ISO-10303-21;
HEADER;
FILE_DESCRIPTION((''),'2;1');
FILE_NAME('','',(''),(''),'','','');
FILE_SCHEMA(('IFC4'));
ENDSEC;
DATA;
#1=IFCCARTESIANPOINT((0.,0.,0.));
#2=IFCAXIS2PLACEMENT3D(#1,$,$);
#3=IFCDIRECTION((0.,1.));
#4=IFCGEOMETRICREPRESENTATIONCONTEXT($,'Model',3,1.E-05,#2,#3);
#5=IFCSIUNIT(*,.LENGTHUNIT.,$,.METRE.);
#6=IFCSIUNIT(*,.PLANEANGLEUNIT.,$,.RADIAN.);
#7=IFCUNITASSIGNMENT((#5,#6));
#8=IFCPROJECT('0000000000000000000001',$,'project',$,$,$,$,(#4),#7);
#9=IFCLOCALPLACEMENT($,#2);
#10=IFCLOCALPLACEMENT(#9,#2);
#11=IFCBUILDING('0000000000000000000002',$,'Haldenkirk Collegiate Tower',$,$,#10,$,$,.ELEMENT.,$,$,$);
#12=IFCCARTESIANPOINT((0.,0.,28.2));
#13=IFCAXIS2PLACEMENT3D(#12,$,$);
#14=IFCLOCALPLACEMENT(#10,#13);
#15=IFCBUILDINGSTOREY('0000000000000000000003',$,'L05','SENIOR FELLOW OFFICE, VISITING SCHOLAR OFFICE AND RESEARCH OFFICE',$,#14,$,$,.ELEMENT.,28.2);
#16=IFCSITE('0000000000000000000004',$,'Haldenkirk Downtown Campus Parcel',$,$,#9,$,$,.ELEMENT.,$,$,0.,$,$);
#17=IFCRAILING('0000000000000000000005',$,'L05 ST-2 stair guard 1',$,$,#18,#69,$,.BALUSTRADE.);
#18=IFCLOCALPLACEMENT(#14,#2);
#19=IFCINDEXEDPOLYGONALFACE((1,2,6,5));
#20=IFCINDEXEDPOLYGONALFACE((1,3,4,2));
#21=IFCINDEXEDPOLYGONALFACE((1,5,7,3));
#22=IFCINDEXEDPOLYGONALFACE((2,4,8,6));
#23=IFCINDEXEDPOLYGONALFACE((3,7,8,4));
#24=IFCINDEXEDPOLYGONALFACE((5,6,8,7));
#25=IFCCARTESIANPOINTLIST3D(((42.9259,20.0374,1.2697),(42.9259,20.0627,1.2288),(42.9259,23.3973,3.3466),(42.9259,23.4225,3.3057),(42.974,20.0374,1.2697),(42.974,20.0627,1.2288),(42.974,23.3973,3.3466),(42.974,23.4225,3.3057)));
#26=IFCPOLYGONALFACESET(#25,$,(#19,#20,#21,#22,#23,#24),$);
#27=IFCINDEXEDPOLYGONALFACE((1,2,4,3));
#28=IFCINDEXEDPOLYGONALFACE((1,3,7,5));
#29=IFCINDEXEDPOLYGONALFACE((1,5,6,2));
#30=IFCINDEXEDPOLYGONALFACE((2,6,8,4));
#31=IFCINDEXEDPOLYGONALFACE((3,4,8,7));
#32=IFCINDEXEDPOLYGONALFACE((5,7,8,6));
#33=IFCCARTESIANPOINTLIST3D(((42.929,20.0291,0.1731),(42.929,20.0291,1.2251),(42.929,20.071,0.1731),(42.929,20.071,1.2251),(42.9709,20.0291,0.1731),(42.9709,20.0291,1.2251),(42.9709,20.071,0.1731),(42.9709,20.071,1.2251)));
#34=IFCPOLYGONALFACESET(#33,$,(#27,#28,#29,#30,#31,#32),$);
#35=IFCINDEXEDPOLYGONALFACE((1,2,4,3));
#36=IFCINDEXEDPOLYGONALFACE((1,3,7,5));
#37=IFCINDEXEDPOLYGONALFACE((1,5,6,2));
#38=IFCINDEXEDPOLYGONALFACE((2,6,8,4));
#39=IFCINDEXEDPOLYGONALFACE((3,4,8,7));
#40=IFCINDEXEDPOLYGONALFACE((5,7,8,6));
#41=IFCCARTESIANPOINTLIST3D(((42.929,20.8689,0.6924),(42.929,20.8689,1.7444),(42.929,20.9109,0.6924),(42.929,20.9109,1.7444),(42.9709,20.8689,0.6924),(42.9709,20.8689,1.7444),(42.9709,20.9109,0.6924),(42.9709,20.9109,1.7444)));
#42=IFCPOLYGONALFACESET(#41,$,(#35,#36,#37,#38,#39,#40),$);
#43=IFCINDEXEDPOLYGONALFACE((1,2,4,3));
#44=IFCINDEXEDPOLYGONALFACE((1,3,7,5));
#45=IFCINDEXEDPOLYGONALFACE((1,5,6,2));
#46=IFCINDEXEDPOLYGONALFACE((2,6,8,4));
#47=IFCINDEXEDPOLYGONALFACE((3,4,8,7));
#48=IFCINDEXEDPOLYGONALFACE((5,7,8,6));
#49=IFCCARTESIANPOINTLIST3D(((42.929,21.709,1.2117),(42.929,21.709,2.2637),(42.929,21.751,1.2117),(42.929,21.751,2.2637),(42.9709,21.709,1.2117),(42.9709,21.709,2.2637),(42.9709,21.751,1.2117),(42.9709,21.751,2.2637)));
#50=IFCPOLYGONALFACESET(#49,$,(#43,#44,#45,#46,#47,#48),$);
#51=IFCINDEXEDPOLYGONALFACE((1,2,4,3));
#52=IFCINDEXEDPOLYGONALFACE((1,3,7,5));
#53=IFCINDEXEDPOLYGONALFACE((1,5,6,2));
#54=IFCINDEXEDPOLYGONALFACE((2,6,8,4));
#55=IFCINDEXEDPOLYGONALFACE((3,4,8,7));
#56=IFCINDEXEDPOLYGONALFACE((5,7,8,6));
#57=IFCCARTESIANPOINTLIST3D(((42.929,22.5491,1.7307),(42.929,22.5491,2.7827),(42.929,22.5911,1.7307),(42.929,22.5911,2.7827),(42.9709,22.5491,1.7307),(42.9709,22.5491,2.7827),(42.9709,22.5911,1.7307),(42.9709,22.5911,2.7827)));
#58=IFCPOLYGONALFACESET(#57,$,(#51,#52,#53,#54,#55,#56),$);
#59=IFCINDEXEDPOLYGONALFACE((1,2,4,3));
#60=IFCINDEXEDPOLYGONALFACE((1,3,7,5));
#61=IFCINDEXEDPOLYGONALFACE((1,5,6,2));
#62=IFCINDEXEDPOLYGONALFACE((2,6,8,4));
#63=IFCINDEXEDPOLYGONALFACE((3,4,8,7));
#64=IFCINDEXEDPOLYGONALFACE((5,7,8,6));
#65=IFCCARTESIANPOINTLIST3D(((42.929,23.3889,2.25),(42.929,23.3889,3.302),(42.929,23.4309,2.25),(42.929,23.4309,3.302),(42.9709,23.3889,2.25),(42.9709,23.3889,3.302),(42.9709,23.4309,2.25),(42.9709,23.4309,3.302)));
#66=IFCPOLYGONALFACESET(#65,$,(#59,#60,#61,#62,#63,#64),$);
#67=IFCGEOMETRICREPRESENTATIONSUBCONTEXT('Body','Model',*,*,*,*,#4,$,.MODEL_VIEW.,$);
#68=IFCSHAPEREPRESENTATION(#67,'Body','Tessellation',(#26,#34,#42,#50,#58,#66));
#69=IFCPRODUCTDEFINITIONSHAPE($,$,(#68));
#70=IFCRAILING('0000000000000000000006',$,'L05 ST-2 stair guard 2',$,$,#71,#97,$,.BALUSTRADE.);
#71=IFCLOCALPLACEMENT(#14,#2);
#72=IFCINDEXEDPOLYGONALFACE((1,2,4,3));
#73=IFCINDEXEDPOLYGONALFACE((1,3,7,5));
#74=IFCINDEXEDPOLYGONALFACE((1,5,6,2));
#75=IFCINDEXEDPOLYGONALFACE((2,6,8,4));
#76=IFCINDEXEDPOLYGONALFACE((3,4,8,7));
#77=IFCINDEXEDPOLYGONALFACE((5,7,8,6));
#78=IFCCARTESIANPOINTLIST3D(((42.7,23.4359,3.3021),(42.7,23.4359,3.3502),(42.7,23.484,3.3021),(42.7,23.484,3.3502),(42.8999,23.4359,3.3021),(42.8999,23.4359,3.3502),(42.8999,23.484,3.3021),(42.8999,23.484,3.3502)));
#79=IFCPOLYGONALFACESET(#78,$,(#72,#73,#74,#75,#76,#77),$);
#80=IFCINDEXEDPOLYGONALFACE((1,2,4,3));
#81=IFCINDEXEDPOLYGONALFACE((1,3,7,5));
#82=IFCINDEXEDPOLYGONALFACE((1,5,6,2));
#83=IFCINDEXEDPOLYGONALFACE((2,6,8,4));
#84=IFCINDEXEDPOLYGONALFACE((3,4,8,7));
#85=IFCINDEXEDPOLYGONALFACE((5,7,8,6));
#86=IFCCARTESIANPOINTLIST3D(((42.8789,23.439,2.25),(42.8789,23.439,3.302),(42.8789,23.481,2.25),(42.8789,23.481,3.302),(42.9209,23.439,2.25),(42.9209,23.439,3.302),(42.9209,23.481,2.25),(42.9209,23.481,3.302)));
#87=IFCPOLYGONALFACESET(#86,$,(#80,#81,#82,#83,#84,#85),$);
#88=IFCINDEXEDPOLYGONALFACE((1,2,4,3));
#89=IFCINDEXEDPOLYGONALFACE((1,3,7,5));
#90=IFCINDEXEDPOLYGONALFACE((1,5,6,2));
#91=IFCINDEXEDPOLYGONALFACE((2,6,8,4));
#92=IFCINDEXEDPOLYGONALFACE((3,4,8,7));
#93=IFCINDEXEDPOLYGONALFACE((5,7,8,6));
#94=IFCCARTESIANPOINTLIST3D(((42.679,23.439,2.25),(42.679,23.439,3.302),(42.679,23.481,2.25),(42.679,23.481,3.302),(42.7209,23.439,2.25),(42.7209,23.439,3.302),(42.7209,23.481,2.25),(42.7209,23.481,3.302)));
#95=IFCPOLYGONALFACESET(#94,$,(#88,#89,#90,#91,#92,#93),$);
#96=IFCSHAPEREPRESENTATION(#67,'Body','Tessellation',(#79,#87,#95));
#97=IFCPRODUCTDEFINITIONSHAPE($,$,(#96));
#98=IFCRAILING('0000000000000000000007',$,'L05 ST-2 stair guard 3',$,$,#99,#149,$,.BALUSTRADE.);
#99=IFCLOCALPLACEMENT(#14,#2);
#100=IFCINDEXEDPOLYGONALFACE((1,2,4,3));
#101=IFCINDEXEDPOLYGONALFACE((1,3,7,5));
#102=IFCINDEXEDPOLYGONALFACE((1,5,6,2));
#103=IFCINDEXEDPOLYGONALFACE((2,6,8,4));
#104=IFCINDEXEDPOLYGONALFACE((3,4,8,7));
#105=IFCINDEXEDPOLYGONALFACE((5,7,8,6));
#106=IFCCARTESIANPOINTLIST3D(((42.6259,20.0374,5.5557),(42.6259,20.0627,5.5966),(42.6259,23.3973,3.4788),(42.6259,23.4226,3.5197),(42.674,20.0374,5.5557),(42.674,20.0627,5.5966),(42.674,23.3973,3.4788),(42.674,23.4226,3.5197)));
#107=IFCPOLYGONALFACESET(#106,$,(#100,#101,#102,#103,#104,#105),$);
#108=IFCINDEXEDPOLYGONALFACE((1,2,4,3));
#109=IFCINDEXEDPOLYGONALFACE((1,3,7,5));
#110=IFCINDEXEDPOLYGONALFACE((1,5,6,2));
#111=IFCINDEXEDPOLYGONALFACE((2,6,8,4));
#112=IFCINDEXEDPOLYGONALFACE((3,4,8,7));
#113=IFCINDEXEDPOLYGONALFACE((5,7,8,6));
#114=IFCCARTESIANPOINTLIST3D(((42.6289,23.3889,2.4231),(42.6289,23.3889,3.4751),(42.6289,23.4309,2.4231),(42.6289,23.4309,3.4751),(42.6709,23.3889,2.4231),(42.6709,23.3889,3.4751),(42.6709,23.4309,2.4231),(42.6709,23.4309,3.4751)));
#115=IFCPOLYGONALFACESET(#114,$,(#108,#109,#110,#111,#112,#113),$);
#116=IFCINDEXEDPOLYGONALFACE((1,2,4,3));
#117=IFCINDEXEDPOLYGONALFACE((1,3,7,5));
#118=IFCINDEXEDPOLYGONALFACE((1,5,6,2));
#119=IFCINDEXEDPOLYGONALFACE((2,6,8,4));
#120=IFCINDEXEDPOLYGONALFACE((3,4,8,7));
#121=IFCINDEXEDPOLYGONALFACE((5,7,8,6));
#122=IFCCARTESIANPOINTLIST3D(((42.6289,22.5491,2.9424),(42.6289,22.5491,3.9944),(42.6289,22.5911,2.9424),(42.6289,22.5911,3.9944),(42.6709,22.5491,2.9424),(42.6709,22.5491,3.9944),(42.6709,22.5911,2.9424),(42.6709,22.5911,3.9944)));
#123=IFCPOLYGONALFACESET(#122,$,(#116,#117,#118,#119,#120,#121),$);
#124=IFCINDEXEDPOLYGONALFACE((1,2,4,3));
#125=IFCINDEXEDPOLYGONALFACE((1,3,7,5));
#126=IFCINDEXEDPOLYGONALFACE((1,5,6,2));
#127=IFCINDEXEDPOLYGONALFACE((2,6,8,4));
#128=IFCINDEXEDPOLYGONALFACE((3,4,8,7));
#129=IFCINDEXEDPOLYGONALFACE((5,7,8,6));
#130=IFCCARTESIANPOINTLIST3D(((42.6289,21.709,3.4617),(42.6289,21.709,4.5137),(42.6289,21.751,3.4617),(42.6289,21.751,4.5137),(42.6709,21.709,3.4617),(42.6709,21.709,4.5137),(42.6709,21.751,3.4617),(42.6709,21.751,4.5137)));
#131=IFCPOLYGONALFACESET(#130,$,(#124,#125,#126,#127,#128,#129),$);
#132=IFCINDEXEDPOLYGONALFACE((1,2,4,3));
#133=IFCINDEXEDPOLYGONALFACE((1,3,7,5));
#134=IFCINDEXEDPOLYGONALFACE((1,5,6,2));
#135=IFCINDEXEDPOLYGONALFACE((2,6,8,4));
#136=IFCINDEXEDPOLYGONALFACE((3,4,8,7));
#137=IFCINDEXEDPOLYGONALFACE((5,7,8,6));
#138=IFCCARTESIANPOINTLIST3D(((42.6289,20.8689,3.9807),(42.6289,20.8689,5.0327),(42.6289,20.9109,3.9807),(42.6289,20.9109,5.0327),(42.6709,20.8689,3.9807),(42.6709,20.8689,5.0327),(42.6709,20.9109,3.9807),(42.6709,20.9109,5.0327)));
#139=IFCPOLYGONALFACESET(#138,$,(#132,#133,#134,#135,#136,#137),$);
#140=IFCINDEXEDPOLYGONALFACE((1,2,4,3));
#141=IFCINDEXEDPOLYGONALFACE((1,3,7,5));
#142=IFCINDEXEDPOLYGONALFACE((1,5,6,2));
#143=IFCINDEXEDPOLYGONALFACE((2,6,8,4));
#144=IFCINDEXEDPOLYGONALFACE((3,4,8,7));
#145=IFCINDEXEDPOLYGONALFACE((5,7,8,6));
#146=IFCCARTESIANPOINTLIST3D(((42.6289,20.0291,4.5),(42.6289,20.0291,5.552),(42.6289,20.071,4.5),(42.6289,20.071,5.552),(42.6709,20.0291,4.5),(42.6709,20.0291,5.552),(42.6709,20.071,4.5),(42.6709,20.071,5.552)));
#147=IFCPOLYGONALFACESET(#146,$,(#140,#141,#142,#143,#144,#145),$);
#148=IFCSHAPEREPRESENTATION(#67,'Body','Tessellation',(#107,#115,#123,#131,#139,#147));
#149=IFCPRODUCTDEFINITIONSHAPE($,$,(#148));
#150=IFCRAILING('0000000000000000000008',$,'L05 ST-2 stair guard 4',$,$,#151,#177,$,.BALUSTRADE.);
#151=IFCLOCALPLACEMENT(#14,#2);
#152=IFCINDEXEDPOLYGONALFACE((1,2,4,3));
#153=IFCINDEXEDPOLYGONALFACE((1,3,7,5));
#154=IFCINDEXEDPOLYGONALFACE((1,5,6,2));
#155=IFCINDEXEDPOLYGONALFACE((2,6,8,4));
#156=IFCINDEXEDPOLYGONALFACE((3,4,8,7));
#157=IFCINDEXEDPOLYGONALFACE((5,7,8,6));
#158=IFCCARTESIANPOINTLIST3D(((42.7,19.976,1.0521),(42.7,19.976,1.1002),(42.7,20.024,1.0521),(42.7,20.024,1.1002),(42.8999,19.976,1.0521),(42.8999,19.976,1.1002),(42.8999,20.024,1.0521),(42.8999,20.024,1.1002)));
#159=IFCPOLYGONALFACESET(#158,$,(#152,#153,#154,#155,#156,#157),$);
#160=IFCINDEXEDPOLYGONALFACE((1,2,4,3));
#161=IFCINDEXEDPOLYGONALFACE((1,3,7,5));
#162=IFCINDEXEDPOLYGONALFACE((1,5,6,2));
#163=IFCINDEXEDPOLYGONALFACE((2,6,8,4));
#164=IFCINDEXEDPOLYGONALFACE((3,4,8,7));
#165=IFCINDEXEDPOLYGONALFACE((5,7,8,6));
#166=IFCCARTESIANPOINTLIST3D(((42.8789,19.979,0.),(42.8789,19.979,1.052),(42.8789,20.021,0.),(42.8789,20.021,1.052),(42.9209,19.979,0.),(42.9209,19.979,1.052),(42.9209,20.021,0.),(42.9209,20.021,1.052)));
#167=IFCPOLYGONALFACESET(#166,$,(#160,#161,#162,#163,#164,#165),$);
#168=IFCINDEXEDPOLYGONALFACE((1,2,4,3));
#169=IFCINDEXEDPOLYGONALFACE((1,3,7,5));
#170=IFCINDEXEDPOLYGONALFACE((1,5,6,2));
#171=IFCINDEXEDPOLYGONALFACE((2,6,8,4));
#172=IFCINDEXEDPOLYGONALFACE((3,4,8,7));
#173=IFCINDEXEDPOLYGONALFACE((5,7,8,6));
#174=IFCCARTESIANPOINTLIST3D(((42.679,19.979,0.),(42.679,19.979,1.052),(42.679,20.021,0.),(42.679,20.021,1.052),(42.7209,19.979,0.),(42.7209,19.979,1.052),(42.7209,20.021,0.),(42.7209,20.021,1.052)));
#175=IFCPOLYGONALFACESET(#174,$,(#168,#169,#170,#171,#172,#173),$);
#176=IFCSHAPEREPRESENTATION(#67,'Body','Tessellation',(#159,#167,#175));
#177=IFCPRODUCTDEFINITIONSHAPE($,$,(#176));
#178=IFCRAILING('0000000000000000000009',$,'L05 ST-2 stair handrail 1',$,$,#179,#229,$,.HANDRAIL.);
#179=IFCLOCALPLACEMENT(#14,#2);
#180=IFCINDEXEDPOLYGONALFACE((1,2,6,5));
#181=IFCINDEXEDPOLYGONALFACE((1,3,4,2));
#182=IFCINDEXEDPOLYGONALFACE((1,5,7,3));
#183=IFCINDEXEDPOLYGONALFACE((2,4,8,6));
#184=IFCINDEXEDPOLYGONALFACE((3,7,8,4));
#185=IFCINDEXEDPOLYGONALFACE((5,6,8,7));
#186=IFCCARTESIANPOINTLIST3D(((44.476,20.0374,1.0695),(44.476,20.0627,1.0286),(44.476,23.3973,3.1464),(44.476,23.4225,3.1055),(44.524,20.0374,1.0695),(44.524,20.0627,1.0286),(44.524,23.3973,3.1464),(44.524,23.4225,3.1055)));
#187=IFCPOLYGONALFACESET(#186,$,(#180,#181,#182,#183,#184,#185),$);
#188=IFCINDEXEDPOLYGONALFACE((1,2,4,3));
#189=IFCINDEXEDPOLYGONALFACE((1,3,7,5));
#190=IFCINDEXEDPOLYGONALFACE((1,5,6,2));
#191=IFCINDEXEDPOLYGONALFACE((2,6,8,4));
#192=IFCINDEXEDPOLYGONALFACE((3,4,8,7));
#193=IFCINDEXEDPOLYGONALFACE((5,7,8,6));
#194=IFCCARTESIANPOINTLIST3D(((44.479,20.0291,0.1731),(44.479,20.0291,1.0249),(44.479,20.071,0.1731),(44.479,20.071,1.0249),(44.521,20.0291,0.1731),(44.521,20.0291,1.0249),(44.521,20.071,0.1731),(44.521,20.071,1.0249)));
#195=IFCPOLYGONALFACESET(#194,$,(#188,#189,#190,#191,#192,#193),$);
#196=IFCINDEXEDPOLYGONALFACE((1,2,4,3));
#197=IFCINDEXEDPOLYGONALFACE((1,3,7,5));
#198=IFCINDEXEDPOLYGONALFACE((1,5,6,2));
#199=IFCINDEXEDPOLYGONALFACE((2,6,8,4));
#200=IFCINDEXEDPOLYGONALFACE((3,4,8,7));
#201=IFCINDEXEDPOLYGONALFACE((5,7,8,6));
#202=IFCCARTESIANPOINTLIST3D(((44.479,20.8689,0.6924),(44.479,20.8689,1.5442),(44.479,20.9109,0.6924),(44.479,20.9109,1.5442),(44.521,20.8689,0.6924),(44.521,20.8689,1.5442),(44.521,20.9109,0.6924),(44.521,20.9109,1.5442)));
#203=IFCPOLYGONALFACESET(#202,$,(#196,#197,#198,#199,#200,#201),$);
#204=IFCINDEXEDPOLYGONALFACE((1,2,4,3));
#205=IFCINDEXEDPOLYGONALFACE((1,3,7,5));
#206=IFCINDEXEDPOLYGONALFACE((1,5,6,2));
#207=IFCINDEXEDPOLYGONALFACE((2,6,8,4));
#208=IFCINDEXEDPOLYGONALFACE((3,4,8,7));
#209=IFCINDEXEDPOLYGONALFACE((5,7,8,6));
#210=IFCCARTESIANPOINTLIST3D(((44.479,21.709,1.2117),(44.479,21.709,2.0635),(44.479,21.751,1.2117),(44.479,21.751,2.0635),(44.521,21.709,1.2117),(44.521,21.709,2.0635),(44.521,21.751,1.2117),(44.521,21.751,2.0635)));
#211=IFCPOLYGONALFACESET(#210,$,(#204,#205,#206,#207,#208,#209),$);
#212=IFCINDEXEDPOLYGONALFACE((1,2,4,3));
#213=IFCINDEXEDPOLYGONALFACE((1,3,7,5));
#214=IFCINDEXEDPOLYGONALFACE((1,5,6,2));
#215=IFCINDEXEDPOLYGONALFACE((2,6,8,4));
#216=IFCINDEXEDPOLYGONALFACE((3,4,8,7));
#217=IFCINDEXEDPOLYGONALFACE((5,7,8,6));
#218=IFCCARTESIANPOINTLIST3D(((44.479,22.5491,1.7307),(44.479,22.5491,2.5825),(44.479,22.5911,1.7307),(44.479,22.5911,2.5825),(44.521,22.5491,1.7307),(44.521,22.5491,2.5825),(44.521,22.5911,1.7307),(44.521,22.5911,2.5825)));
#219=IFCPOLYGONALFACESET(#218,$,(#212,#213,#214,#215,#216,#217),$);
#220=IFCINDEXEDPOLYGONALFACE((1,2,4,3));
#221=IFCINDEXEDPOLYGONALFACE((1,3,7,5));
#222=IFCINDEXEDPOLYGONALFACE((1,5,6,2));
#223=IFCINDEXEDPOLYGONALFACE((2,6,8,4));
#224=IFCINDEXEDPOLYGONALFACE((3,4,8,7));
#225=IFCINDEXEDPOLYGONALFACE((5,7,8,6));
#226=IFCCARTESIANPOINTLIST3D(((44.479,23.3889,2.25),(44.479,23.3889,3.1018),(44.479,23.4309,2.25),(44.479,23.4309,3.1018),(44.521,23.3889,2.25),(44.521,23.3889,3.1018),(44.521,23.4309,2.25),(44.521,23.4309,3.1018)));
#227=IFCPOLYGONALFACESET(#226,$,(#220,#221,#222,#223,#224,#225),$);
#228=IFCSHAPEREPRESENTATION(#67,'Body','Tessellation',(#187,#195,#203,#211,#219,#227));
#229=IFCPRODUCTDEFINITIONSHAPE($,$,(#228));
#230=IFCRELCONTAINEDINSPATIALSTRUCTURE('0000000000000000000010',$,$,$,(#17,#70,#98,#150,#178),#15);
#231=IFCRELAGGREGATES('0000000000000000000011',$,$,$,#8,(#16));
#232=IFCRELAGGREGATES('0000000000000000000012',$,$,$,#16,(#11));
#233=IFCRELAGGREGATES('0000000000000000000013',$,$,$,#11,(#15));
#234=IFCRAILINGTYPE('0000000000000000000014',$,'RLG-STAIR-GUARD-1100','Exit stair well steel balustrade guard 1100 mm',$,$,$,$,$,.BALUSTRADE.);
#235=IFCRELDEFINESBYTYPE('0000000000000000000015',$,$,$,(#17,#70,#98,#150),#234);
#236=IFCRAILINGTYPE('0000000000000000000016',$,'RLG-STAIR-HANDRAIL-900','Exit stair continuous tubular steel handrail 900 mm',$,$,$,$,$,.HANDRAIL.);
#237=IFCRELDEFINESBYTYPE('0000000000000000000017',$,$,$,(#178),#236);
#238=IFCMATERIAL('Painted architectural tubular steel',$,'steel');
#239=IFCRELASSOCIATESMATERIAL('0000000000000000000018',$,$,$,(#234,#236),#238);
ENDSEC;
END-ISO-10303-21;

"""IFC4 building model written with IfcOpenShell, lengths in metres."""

from ifc_helpers import new_model, si_unit, direction, frame, origin, origin_2d, place, context, subcontext, project, spatial, rectangle, extrude, material, type_object, element, save


model = new_model("IFC4")

# Units and contexts
model_context = context("Model", 3, precision=1e-05, world=origin(), true_north=direction((0.0, 1.0)))
body_context = subcontext(model_context, "Body", "Model", "MODEL_VIEW")
ifc_project = project(units=[si_unit("LENGTHUNIT", "METRE"), si_unit("PLANEANGLEUNIT", "RADIAN")], contexts=[model_context])

# Site, building, storey
site_placement = place(None, origin())
site = spatial("IfcSite", under=ifc_project, at=site_placement, Name="Haldenkirk Downtown Campus Parcel", CompositionType="ELEMENT", RefElevation=0.0)
building_placement = place(site_placement, origin())
building = spatial("IfcBuilding", under=site, at=building_placement, Name="Haldenkirk Collegiate Tower", CompositionType="ELEMENT")
storey_placement = place(building_placement, frame((0.0, 0.0, 28.2)))
storey = spatial("IfcBuildingStorey", under=building, at=storey_placement, Name="L05", Description="SENIOR FELLOW OFFICE, VISITING SCHOLAR OFFICE AND RESEARCH OFFICE", CompositionType="ELEMENT", Elevation=28.2)

# Railings
ifc_material_1 = material(Name="Painted architectural tubular steel", Category="steel")
railing_type_1 = type_object("IfcRailingType", Name="RLG-STAIR-GUARD-1100", Description="Exit stair well steel balustrade guard 1100 mm", PredefinedType="BALUSTRADE", material=ifc_material_1)
railing_1_placement = place(storey_placement, frame((42.95, 20.05, 0.1731)))
element("IfcRailing", 1, at=railing_1_placement, inside=storey, type_object=railing_type_1, Name="L05 ST-2 stair guard 1", PredefinedType="BALUSTRADE", context=body_context, shape_type="SweptSolid", body=[
    extrude(rectangle(XDim=0.0481, YDim=0.0481, at=origin_2d()), frame((0.0, 0.0, 1.0762), z_axis=(0.0, 0.850606, 0.525803), x_axis=(-1.0, 0.0, 0.0)), (0.0, 0.0, 1.0), 3.95),
    extrude(rectangle(XDim=0.042, YDim=0.042, at=origin_2d()), origin(), (0.0, 0.0, 1.0), 1.052),
    extrude(rectangle(XDim=0.042, YDim=0.042, at=origin_2d()), frame((0.0, 0.8398, 0.5193)), (0.0, 0.0, 1.0), 1.052),
    extrude(rectangle(XDim=0.042, YDim=0.042, at=origin_2d()), frame((0.0, 1.6799, 1.0386)), (0.0, 0.0, 1.0), 1.052),
    extrude(rectangle(XDim=0.042, YDim=0.042, at=origin_2d()), frame((0.0, 2.52, 1.5576)), (0.0, 0.0, 1.0), 1.052),
    extrude(rectangle(XDim=0.042, YDim=0.042, at=origin_2d()), frame((0.0, 3.3599, 2.0769)), (0.0, 0.0, 1.0), 1.052),
])
railing_2_placement = place(storey_placement, frame((42.8999, 23.46, 2.25)))
element("IfcRailing", 2, at=railing_2_placement, inside=storey, type_object=railing_type_1, Name="L05 ST-2 stair guard 2", PredefinedType="BALUSTRADE", context=body_context, shape_type="SweptSolid", body=[
    extrude(rectangle(XDim=0.0481, YDim=0.0481, at=origin_2d()), frame((0.0, 0.0, 1.0762), z_axis=(-1.0, 0.0, 0.0), x_axis=(0.0, -1.0, 0.0)), (0.0, 0.0, 1.0), 0.2),
    extrude(rectangle(XDim=0.042, YDim=0.042, at=origin_2d()), origin(), (0.0, 0.0, 1.0), 1.052),
    extrude(rectangle(XDim=0.042, YDim=0.042, at=origin_2d()), frame((-0.2, 0.0, 0.0)), (0.0, 0.0, 1.0), 1.052),
])
railing_3_placement = place(storey_placement, frame((42.6499, 23.4099, 2.4231)))
element("IfcRailing", 3, at=railing_3_placement, inside=storey, type_object=railing_type_1, Name="L05 ST-2 stair guard 3", PredefinedType="BALUSTRADE", context=body_context, shape_type="SweptSolid", body=[
    extrude(rectangle(XDim=0.0481, YDim=0.0481, at=origin_2d()), frame((0.0, 0.0, 1.0762), z_axis=(0.0, -0.850606, 0.525803), x_axis=(1.0, 0.0, 0.0)), (0.0, 0.0, 1.0), 3.95),
    extrude(rectangle(XDim=0.042, YDim=0.042, at=origin_2d()), origin(), (0.0, 0.0, 1.0), 1.052),
    extrude(rectangle(XDim=0.042, YDim=0.042, at=origin_2d()), frame((0.0, -0.8398, 0.5193)), (0.0, 0.0, 1.0), 1.052),
    extrude(rectangle(XDim=0.042, YDim=0.042, at=origin_2d()), frame((0.0, -1.6799, 1.0386)), (0.0, 0.0, 1.0), 1.052),
    extrude(rectangle(XDim=0.042, YDim=0.042, at=origin_2d()), frame((0.0, -2.52, 1.5576)), (0.0, 0.0, 1.0), 1.052),
    extrude(rectangle(XDim=0.042, YDim=0.042, at=origin_2d()), frame((0.0, -3.3599, 2.0769)), (0.0, 0.0, 1.0), 1.052),
])
railing_4_placement = place(storey_placement, frame((42.8999, 20.0, 0.0)))
element("IfcRailing", 4, at=railing_4_placement, inside=storey, type_object=railing_type_1, Name="L05 ST-2 stair guard 4", PredefinedType="BALUSTRADE", context=body_context, shape_type="SweptSolid", body=[
    extrude(rectangle(XDim=0.0481, YDim=0.0481, at=origin_2d()), frame((0.0, 0.0, 1.0762), z_axis=(-1.0, 0.0, 0.0), x_axis=(0.0, -1.0, 0.0)), (0.0, 0.0, 1.0), 0.2),
    extrude(rectangle(XDim=0.042, YDim=0.042, at=origin_2d()), origin(), (0.0, 0.0, 1.0), 1.052),
    extrude(rectangle(XDim=0.042, YDim=0.042, at=origin_2d()), frame((-0.2, 0.0, 0.0)), (0.0, 0.0, 1.0), 1.052),
])
railing_type_2 = type_object("IfcRailingType", Name="RLG-STAIR-HANDRAIL-900", Description="Exit stair continuous tubular steel handrail 900 mm", PredefinedType="HANDRAIL", material=ifc_material_1)
railing_5_placement = place(storey_placement, frame((44.5, 20.05, 0.1731)))
element("IfcRailing", 5, at=railing_5_placement, inside=storey, type_object=railing_type_2, Name="L05 ST-2 stair handrail 1", PredefinedType="HANDRAIL", context=body_context, shape_type="SweptSolid", body=[
    extrude(rectangle(XDim=0.0481, YDim=0.0481, at=origin_2d()), frame((0.0, 0.0, 0.876), z_axis=(0.0, 0.850606, 0.525803), x_axis=(-1.0, 0.0, 0.0)), (0.0, 0.0, 1.0), 3.95),
    extrude(rectangle(XDim=0.042, YDim=0.042, at=origin_2d()), origin(), (0.0, 0.0, 1.0), 0.8518),
    extrude(rectangle(XDim=0.042, YDim=0.042, at=origin_2d()), frame((0.0, 0.8398, 0.5193)), (0.0, 0.0, 1.0), 0.8518),
    extrude(rectangle(XDim=0.042, YDim=0.042, at=origin_2d()), frame((0.0, 1.6799, 1.0386)), (0.0, 0.0, 1.0), 0.8518),
    extrude(rectangle(XDim=0.042, YDim=0.042, at=origin_2d()), frame((0.0, 2.52, 1.5576)), (0.0, 0.0, 1.0), 0.8518),
    extrude(rectangle(XDim=0.042, YDim=0.042, at=origin_2d()), frame((0.0, 3.3599, 2.0769)), (0.0, 0.0, 1.0), 0.8518),
])

save(model, "model.ifc")
